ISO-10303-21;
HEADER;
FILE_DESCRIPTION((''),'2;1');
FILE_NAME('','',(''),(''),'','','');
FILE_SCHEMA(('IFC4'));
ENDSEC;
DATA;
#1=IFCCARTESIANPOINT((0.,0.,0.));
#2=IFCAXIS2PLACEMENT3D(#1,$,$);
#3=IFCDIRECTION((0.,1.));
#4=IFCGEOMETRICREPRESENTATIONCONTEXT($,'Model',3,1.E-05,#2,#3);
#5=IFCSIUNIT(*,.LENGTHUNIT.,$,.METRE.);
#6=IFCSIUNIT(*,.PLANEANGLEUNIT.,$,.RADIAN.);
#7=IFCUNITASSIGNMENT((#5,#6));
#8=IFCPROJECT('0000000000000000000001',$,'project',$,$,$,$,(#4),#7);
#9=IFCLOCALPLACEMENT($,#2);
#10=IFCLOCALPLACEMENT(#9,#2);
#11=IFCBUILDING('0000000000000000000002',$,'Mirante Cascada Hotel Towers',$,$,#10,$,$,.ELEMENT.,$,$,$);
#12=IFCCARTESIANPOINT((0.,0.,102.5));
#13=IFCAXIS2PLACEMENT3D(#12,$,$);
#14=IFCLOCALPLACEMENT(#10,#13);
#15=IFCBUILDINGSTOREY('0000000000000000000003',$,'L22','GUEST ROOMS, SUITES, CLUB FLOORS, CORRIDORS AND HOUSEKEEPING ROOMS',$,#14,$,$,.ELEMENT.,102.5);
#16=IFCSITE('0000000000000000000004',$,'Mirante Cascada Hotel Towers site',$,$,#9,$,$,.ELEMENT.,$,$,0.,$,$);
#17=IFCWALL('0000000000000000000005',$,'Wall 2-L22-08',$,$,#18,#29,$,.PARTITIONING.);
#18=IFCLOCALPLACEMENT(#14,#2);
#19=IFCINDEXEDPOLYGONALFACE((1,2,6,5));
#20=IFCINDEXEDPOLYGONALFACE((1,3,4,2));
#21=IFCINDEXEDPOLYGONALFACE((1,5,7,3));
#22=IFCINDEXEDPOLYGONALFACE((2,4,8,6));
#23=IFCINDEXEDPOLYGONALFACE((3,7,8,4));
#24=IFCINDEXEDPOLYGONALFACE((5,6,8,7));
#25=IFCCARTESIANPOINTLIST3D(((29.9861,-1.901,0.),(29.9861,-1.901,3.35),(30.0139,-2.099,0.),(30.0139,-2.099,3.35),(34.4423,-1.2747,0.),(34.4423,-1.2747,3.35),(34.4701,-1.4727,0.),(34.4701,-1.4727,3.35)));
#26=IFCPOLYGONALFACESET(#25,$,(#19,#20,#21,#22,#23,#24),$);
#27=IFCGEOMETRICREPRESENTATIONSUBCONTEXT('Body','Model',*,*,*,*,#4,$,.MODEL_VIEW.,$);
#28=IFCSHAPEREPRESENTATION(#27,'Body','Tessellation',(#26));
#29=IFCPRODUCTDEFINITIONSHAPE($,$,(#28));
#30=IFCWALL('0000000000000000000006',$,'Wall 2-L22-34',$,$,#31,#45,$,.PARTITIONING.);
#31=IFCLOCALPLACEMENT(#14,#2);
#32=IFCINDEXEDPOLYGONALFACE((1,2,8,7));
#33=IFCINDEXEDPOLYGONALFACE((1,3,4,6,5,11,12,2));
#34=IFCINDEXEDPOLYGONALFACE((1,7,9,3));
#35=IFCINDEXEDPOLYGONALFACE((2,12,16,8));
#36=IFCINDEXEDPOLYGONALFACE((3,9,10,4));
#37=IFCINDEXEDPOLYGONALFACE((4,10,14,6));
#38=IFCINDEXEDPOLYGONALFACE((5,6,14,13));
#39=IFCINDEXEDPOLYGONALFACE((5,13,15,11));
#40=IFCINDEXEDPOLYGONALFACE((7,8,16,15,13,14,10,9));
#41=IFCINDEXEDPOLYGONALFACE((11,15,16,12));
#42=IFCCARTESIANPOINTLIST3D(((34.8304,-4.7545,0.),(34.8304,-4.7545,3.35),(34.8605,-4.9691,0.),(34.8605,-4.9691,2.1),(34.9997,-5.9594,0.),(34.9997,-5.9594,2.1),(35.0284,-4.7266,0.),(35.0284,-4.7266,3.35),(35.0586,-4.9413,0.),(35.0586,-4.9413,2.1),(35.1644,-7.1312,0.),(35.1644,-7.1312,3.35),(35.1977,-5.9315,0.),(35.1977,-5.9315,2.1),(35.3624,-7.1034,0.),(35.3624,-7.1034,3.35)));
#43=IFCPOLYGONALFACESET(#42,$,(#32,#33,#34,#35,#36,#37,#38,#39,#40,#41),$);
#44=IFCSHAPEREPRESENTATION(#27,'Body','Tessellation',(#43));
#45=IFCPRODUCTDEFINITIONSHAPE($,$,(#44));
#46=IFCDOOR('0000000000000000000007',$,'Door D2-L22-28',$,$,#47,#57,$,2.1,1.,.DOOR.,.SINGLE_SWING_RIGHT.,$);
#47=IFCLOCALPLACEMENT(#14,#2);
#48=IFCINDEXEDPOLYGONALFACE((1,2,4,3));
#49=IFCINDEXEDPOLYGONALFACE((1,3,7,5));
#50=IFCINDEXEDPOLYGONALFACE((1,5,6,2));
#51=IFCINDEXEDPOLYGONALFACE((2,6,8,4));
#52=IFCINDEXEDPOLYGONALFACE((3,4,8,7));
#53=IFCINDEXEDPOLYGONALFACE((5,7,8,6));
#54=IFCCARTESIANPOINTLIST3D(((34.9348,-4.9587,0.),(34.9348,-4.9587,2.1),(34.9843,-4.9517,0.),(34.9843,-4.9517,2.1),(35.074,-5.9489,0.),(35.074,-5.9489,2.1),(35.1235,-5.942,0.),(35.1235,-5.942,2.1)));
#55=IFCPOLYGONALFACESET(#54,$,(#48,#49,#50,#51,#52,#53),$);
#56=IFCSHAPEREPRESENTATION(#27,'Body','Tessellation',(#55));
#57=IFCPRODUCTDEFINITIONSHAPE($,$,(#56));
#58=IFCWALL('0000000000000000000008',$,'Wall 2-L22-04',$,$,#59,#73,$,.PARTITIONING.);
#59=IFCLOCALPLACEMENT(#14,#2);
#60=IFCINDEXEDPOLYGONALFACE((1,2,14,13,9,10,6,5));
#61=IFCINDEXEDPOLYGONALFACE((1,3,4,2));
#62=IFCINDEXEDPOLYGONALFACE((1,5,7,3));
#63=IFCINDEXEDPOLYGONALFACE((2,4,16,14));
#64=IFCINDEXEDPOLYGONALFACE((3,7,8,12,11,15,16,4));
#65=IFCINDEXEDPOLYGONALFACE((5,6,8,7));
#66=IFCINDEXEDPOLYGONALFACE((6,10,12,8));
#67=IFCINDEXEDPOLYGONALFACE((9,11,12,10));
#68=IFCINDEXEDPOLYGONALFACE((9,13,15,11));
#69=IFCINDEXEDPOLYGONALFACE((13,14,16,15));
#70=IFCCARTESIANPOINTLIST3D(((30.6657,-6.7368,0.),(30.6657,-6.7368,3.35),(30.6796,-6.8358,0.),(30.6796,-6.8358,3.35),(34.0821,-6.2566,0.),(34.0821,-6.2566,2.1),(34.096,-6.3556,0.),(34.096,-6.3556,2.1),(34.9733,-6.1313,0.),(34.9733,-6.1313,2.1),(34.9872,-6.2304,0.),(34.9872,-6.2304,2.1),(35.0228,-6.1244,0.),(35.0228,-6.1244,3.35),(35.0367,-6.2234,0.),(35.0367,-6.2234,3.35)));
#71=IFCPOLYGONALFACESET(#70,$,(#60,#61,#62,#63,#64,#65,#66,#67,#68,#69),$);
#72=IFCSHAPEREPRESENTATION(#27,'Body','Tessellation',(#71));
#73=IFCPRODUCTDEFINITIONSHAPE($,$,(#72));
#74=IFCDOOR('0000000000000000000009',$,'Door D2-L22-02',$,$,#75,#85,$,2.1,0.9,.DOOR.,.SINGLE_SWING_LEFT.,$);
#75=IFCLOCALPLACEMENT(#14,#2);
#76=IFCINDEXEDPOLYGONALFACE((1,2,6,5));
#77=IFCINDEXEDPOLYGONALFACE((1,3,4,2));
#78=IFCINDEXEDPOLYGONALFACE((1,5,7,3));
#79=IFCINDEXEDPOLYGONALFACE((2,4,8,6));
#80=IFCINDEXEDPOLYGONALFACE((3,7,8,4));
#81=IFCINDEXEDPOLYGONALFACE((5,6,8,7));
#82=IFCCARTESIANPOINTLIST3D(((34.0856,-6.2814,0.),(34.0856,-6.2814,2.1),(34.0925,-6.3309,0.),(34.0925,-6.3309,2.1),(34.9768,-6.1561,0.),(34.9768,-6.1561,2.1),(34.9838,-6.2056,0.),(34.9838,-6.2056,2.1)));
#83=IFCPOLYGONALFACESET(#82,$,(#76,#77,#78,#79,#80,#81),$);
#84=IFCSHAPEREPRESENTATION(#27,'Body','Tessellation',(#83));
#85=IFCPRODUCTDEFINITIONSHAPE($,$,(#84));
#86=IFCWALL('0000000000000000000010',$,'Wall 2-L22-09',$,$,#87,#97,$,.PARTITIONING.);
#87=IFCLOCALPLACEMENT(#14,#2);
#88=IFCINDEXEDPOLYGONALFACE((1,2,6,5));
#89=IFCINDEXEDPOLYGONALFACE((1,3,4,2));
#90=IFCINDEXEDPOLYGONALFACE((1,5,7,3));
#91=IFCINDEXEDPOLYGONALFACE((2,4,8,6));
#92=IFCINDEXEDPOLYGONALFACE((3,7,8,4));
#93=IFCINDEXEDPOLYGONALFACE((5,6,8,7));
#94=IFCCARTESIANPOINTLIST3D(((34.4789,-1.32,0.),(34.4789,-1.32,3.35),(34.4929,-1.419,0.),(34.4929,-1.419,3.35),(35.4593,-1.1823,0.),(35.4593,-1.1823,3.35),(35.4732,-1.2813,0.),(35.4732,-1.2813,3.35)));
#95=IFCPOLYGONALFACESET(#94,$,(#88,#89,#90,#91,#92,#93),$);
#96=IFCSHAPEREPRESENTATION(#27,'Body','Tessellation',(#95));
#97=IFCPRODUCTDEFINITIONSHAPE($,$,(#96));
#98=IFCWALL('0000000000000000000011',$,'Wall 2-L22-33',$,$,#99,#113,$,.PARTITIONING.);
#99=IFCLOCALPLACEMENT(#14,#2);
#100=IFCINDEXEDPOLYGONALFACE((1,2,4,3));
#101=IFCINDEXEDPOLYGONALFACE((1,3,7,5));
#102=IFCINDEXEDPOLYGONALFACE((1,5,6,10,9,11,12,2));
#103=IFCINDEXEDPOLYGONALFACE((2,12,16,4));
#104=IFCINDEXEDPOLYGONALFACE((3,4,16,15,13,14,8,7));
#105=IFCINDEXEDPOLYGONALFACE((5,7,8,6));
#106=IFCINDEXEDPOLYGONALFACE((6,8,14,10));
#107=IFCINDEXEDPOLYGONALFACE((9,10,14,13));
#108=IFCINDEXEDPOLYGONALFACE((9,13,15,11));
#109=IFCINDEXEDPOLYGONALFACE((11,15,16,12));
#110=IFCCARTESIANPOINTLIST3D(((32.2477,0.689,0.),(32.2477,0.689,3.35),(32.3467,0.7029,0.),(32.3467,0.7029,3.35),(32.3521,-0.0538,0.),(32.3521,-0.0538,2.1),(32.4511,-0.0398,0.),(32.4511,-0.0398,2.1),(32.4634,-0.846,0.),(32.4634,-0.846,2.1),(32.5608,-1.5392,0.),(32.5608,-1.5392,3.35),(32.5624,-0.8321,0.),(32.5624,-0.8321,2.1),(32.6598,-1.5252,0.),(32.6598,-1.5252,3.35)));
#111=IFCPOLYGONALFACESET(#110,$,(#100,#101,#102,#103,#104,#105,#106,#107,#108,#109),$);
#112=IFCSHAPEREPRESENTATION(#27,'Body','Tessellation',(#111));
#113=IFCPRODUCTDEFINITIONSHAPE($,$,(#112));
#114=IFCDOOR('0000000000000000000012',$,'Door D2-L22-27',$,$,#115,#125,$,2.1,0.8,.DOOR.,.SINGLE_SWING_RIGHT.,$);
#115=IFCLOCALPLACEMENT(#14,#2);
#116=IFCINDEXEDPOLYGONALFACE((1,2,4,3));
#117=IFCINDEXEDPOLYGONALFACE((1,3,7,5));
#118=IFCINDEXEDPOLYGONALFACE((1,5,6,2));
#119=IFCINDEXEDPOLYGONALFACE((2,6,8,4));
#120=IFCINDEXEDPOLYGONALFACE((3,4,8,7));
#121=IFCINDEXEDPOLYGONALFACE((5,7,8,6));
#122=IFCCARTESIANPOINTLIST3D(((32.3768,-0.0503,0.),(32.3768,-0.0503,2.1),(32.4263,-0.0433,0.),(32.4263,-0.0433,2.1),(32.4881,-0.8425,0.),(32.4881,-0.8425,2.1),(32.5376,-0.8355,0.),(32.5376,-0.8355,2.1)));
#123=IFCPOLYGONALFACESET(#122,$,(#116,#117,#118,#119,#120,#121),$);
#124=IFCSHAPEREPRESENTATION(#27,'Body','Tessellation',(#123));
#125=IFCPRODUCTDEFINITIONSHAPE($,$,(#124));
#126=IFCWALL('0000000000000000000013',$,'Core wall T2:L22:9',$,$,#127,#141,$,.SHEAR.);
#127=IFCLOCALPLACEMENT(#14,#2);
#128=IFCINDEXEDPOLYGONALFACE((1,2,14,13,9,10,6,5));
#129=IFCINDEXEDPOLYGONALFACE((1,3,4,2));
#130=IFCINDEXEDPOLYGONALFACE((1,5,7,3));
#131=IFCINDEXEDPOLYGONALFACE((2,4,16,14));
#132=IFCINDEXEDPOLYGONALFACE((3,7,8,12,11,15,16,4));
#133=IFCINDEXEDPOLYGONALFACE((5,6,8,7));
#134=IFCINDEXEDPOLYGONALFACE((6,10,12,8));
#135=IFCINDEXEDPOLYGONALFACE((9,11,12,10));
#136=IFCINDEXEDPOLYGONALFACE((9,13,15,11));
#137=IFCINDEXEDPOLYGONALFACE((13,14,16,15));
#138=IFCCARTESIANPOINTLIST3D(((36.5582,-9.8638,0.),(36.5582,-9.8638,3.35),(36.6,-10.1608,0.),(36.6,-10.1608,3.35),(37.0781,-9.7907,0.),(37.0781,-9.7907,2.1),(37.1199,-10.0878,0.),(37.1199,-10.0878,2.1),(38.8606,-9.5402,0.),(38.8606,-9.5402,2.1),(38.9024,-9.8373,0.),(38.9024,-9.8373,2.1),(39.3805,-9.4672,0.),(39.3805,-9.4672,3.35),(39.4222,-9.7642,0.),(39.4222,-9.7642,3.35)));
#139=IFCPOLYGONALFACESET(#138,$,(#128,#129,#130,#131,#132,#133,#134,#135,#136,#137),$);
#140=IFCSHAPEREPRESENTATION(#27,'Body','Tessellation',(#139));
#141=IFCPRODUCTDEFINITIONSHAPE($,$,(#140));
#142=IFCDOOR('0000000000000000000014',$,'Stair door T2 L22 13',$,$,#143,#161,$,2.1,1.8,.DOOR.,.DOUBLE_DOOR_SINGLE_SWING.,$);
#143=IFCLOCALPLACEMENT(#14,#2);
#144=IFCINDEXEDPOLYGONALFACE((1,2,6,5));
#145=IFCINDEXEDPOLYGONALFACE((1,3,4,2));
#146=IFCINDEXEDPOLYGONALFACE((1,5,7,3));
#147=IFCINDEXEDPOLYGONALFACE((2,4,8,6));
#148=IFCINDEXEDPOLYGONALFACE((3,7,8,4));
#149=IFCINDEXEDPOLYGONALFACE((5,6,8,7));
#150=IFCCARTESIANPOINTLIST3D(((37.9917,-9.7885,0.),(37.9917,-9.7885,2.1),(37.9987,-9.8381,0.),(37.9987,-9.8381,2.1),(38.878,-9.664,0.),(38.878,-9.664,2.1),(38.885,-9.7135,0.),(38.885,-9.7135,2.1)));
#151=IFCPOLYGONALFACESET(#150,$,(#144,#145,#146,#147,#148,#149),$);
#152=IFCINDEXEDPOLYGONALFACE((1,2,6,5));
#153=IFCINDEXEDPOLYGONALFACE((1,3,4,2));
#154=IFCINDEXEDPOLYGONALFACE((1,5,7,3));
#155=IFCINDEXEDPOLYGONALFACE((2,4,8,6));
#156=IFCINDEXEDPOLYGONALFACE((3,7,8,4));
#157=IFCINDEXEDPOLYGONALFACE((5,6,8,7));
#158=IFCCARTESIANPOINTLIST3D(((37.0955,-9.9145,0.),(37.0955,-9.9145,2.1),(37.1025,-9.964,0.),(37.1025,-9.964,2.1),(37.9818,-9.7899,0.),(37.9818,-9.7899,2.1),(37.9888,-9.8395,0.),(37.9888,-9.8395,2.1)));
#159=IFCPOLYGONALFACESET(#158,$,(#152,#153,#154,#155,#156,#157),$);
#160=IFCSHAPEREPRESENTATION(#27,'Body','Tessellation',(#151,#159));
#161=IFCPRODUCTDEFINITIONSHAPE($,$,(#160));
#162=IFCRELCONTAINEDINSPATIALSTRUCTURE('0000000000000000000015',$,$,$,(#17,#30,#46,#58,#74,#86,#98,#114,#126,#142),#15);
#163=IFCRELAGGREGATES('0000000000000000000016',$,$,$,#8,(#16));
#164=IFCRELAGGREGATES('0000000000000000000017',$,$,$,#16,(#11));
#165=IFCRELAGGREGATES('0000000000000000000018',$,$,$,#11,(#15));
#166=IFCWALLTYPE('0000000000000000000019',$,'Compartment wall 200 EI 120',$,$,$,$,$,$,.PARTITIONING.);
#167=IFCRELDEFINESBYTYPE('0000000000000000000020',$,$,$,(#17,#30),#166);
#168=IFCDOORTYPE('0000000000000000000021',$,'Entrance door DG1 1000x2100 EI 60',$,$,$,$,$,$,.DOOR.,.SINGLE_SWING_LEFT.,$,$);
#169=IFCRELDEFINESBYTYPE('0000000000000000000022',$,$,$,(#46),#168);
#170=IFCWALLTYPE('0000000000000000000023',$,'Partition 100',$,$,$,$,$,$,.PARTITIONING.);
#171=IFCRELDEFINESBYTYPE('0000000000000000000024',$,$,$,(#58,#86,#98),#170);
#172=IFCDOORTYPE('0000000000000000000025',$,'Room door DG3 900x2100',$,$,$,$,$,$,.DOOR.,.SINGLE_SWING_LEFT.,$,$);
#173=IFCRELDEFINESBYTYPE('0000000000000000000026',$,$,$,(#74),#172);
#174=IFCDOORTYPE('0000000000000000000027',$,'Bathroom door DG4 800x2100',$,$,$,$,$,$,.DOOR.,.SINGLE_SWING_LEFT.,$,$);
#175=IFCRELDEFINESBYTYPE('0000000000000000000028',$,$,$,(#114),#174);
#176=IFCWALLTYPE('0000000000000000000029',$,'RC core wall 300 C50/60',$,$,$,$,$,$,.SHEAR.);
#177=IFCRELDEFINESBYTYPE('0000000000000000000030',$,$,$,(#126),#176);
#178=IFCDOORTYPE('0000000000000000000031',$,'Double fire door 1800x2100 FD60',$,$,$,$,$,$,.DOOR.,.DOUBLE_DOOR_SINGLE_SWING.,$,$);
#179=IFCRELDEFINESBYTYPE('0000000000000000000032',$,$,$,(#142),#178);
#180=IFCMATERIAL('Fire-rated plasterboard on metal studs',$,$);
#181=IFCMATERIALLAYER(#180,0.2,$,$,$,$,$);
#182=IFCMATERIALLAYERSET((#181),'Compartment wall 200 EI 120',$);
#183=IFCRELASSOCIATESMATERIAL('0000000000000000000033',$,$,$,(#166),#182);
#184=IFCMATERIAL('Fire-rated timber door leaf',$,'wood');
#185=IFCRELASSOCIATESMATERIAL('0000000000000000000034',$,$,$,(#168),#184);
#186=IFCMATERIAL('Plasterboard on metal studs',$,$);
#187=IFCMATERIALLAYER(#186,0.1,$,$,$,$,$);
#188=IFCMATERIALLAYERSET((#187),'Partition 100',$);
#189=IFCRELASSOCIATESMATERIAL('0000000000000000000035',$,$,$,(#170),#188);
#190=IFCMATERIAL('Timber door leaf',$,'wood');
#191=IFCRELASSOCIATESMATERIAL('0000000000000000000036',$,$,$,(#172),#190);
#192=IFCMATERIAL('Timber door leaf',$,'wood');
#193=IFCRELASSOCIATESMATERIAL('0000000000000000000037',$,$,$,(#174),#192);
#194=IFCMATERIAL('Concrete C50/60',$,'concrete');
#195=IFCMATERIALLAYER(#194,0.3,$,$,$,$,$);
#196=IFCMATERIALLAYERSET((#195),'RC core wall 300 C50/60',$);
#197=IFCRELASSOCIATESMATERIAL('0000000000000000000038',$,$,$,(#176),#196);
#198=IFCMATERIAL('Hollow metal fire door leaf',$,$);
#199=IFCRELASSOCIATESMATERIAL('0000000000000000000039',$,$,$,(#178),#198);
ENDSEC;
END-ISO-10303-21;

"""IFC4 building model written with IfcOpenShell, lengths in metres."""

from ifc_helpers import new_model, si_unit, direction, frame, frame_2d, origin, place, context, subcontext, project, spatial, rectangle, extrude, material, layer, layer_set, type_object, element, fill, save


model = new_model("IFC4")

# Units and contexts
model_context = context("Model", 3, precision=1e-05, world=origin(), true_north=direction((0.0, 1.0)))
body_context = subcontext(model_context, "Body", "Model", "MODEL_VIEW")
ifc_project = project(units=[si_unit("LENGTHUNIT", "METRE"), si_unit("PLANEANGLEUNIT", "RADIAN")], contexts=[model_context])

# Site, building, storey
site_placement = place(None, origin())
site = spatial("IfcSite", under=ifc_project, at=site_placement, Name="Mirante Cascada Hotel Towers site", CompositionType="ELEMENT", RefElevation=0.0)
building_placement = place(site_placement, origin())
building = spatial("IfcBuilding", under=site, at=building_placement, Name="Mirante Cascada Hotel Towers", CompositionType="ELEMENT")
storey_placement = place(building_placement, frame((0.0, 0.0, 102.5)))
storey = spatial("IfcBuildingStorey", under=building, at=storey_placement, Name="L22", Description="GUEST ROOMS, SUITES, CLUB FLOORS, CORRIDORS AND HOUSEKEEPING ROOMS", CompositionType="ELEMENT", Elevation=102.5)

# Wall
ifc_material_1 = material(Name="Fire-rated plasterboard on metal studs")
ifc_layer_1 = layer(ifc_material_1, 0.2)
ifc_layer_set_1 = layer_set([ifc_layer_1], Name="Compartment wall 200 EI 120")
wall_type_1 = type_object("IfcWallType", Name="Compartment wall 200 EI 120", PredefinedType="PARTITIONING", material=ifc_layer_set_1)
wall_1_placement = place(storey_placement, frame((34.4562, -1.3737, 0.0), z_axis=(0.0, 0.0, 1.0), x_axis=(-0.990267, -0.139178, 0.0)))
element("IfcWall", 1, at=wall_1_placement, inside=storey, type_object=wall_type_1, Name="Wall 2-L22-08", PredefinedType="PARTITIONING", context=body_context, shape_type="SweptSolid", body=[
    extrude(rectangle(XDim=4.5, YDim=0.2, at=frame_2d((2.25, 0.0))), origin(), (0.0, 0.0, 1.0), 3.35),
])

# Walls, openings, doors
wall_2_placement = place(storey_placement, frame((34.9294, -4.7406, 0.0), z_axis=(0.0, 0.0, 1.0), x_axis=(0.139163, -0.990269, 0.0)))
wall_2 = element("IfcWall", 2, at=wall_2_placement, inside=storey, type_object=wall_type_1, Name="Wall 2-L22-34", PredefinedType="PARTITIONING", context=body_context, shape_type="SweptSolid", body=[
    extrude(rectangle(XDim=2.4001, YDim=0.2, at=frame_2d((1.2, 0.0))), origin(), (0.0, 0.0, 1.0), 3.35),
])
opening_1_placement = place(wall_2_placement, frame((0.2167, 0.0, 0.0)))
opening_1 = element("IfcOpeningElement", 3, at=opening_1_placement, cuts=wall_2, PredefinedType="OPENING", context=body_context, shape_type="SweptSolid", body=[
    extrude(rectangle(XDim=1.0, YDim=2.1, at=frame_2d((0.5, 1.05))), frame((0.0, 0.1, 0.0), z_axis=(0.0, -1.0, 0.0), x_axis=(1.0, 0.0, 0.0)), (0.0, 0.0, 1.0), 0.2),
])
ifc_material_2 = material(Name="Fire-rated timber door leaf", Category="wood")
door_type_1 = type_object("IfcDoorType", Name="Entrance door DG1 1000x2100 EI 60", OperationType="SINGLE_SWING_LEFT", PredefinedType="DOOR", material=ifc_material_2)
door_1_placement = place(opening_1_placement, frame((1.0, 0.0, 0.0), z_axis=(0.0, 0.0, 1.0), x_axis=(-1.0, 0.0, 0.0)))
door_1 = element("IfcDoor", 4, at=door_1_placement, inside=storey, type_object=door_type_1, Name="Door D2-L22-28", OperationType="SINGLE_SWING_RIGHT", OverallHeight=2.1, OverallWidth=1.0, PredefinedType="DOOR", context=body_context, shape_type="SweptSolid", body=[
    extrude(rectangle(XDim=1.0, YDim=2.1, at=frame_2d((0.5, 1.05))), frame((0.0, 0.025, 0.0), z_axis=(0.0, -1.0, 0.0), x_axis=(1.0, 0.0, 0.0)), (0.0, 0.0, 1.0), 0.05),
])
fill(opening_1, door_1)
ifc_material_3 = material(Name="Plasterboard on metal studs")
ifc_layer_2 = layer(ifc_material_3, 0.1)
ifc_layer_set_2 = layer_set([ifc_layer_2], Name="Partition 100")
wall_type_2 = type_object("IfcWallType", Name="Partition 100", PredefinedType="PARTITIONING", material=ifc_layer_set_2)
wall_3_placement = place(storey_placement, frame((35.0298, -6.1739, 0.0), z_axis=(0.0, 0.0, 1.0), x_axis=(-0.990267, -0.139184, 0.0)))
wall_3 = element("IfcWall", 5, at=wall_3_placement, inside=storey, type_object=wall_type_2, Name="Wall 2-L22-04", PredefinedType="PARTITIONING", context=body_context, shape_type="SweptSolid", body=[
    extrude(rectangle(XDim=4.3999, YDim=0.1, at=frame_2d((2.2, 0.0))), origin(), (0.0, 0.0, 1.0), 3.35),
])
opening_2_placement = place(wall_3_placement, frame((0.05, 0.0, 0.0)))
opening_2 = element("IfcOpeningElement", 6, at=opening_2_placement, cuts=wall_3, PredefinedType="OPENING", context=body_context, shape_type="SweptSolid", body=[
    extrude(rectangle(XDim=0.9, YDim=2.1, at=frame_2d((0.45, 1.05))), frame((0.0, 0.05, 0.0), z_axis=(0.0, -1.0, 0.0), x_axis=(1.0, 0.0, 0.0)), (0.0, 0.0, 1.0), 0.1),
])
ifc_material_4 = material(Name="Timber door leaf", Category="wood")
door_type_2 = type_object("IfcDoorType", Name="Room door DG3 900x2100", OperationType="SINGLE_SWING_LEFT", PredefinedType="DOOR", material=ifc_material_4)
door_2_placement = place(opening_2_placement, origin())
door_2 = element("IfcDoor", 7, at=door_2_placement, inside=storey, type_object=door_type_2, Name="Door D2-L22-02", OperationType="SINGLE_SWING_LEFT", OverallHeight=2.1, OverallWidth=0.9, PredefinedType="DOOR", context=body_context, shape_type="SweptSolid", body=[
    extrude(rectangle(XDim=0.9, YDim=2.1, at=frame_2d((0.45, 1.05))), frame((0.0, 0.025, 0.0), z_axis=(0.0, -1.0, 0.0), x_axis=(1.0, 0.0, 0.0)), (0.0, 0.0, 1.0), 0.05),
])
fill(opening_2, door_2)

# Wall
wall_4_placement = place(storey_placement, frame((34.4859, -1.3695, 0.0), z_axis=(0.0, 0.0, 1.0), x_axis=(0.99028, 0.139088, 0.0)))
element("IfcWall", 8, at=wall_4_placement, inside=storey, type_object=wall_type_2, Name="Wall 2-L22-09", PredefinedType="PARTITIONING", context=body_context, shape_type="SweptSolid", body=[
    extrude(rectangle(XDim=0.99, YDim=0.1, at=frame_2d((0.495, 0.0))), origin(), (0.0, 0.0, 1.0), 3.35),
])

# Walls, openings, doors
wall_5_placement = place(storey_placement, frame((32.6103, -1.5322, 0.0), z_axis=(0.0, 0.0, 1.0), x_axis=(-0.139156, 0.990271, 0.0)))
wall_5 = element("IfcWall", 9, at=wall_5_placement, inside=storey, type_object=wall_type_2, Name="Wall 2-L22-33", PredefinedType="PARTITIONING", context=body_context, shape_type="SweptSolid", body=[
    extrude(rectangle(XDim=2.25, YDim=0.1, at=frame_2d((1.125, 0.0))), origin(), (0.0, 0.0, 1.0), 3.35),
])
opening_3_placement = place(wall_5_placement, frame((0.7, 0.0, 0.0)))
opening_3 = element("IfcOpeningElement", 10, at=opening_3_placement, cuts=wall_5, PredefinedType="OPENING", context=body_context, shape_type="SweptSolid", body=[
    extrude(rectangle(XDim=0.8, YDim=2.1, at=frame_2d((0.4, 1.05))), frame((0.0, 0.05, 0.0), z_axis=(0.0, -1.0, 0.0), x_axis=(1.0, 0.0, 0.0)), (0.0, 0.0, 1.0), 0.1),
])
ifc_material_5 = material(Name="Timber door leaf", Category="wood")
door_type_3 = type_object("IfcDoorType", Name="Bathroom door DG4 800x2100", OperationType="SINGLE_SWING_LEFT", PredefinedType="DOOR", material=ifc_material_5)
door_3_placement = place(opening_3_placement, frame((0.8, 0.0, 0.0), z_axis=(0.0, 0.0, 1.0), x_axis=(-1.0, 0.0, 0.0)))
door_3 = element("IfcDoor", 11, at=door_3_placement, inside=storey, type_object=door_type_3, Name="Door D2-L22-27", OperationType="SINGLE_SWING_RIGHT", OverallHeight=2.1, OverallWidth=0.8, PredefinedType="DOOR", context=body_context, shape_type="SweptSolid", body=[
    extrude(rectangle(XDim=0.8, YDim=2.1, at=frame_2d((0.4, 1.05))), frame((0.0, 0.025, 0.0), z_axis=(0.0, -1.0, 0.0), x_axis=(1.0, 0.0, 0.0)), (0.0, 0.0, 1.0), 0.05),
])
fill(opening_3, door_3)
ifc_material_6 = material(Name="Concrete C50/60", Category="concrete")
ifc_layer_3 = layer(ifc_material_6, 0.3)
ifc_layer_set_3 = layer_set([ifc_layer_3], Name="RC core wall 300 C50/60")
wall_type_3 = type_object("IfcWallType", Name="RC core wall 300 C50/60", PredefinedType="SHEAR", material=ifc_layer_set_3)
wall_6_placement = place(storey_placement, frame((36.5791, -10.0123, 0.0), z_axis=(0.0, 0.0, 1.0), x_axis=(0.99027, 0.139156, 0.0)))
wall_6 = element("IfcWall", 12, at=wall_6_placement, inside=storey, type_object=wall_type_3, Name="Core wall T2:L22:9", PredefinedType="SHEAR", context=body_context, shape_type="SweptSolid", body=[
    extrude(rectangle(XDim=2.85, YDim=0.3, at=frame_2d((1.425, 0.0))), origin(), (0.0, 0.0, 1.0), 3.35),
])
opening_4_placement = place(wall_6_placement, frame((0.525, 0.0, 0.0)))
opening_4 = element("IfcOpeningElement", 13, at=opening_4_placement, cuts=wall_6, PredefinedType="OPENING", context=body_context, shape_type="SweptSolid", body=[
    extrude(rectangle(XDim=1.8, YDim=2.1, at=frame_2d((0.9, 1.05))), frame((0.0, 0.15, 0.0), z_axis=(0.0, -1.0, 0.0), x_axis=(1.0, 0.0, 0.0)), (0.0, 0.0, 1.0), 0.3),
])
ifc_material_7 = material(Name="Hollow metal fire door leaf")
door_type_4 = type_object("IfcDoorType", Name="Double fire door 1800x2100 FD60", OperationType="DOUBLE_DOOR_SINGLE_SWING", PredefinedType="DOOR", material=ifc_material_7)
door_4_placement = place(opening_4_placement, frame((1.8, 0.0, 0.0), z_axis=(0.0, 0.0, 1.0), x_axis=(-1.0, 0.0, 0.0)))
door_4 = element("IfcDoor", 14, at=door_4_placement, inside=storey, type_object=door_type_4, Name="Stair door T2 L22 13", OperationType="DOUBLE_DOOR_SINGLE_SWING", OverallHeight=2.1, OverallWidth=1.8, PredefinedType="DOOR", context=body_context, shape_type="SweptSolid", body=[
    extrude(rectangle(XDim=0.895, YDim=2.1, at=frame_2d((0.4475, 1.05))), frame((0.0, 0.025, 0.0), z_axis=(0.0, -1.0, 0.0), x_axis=(1.0, 0.0, 0.0)), (0.0, 0.0, 1.0), 0.05),
    extrude(rectangle(XDim=0.895, YDim=2.1, at=frame_2d((1.3525, 1.05))), frame((0.0, 0.025, 0.0), z_axis=(0.0, -1.0, 0.0), x_axis=(1.0, 0.0, 0.0)), (0.0, 0.0, 1.0), 0.05),
])
fill(opening_4, door_4)

save(model, "model.ifc")
